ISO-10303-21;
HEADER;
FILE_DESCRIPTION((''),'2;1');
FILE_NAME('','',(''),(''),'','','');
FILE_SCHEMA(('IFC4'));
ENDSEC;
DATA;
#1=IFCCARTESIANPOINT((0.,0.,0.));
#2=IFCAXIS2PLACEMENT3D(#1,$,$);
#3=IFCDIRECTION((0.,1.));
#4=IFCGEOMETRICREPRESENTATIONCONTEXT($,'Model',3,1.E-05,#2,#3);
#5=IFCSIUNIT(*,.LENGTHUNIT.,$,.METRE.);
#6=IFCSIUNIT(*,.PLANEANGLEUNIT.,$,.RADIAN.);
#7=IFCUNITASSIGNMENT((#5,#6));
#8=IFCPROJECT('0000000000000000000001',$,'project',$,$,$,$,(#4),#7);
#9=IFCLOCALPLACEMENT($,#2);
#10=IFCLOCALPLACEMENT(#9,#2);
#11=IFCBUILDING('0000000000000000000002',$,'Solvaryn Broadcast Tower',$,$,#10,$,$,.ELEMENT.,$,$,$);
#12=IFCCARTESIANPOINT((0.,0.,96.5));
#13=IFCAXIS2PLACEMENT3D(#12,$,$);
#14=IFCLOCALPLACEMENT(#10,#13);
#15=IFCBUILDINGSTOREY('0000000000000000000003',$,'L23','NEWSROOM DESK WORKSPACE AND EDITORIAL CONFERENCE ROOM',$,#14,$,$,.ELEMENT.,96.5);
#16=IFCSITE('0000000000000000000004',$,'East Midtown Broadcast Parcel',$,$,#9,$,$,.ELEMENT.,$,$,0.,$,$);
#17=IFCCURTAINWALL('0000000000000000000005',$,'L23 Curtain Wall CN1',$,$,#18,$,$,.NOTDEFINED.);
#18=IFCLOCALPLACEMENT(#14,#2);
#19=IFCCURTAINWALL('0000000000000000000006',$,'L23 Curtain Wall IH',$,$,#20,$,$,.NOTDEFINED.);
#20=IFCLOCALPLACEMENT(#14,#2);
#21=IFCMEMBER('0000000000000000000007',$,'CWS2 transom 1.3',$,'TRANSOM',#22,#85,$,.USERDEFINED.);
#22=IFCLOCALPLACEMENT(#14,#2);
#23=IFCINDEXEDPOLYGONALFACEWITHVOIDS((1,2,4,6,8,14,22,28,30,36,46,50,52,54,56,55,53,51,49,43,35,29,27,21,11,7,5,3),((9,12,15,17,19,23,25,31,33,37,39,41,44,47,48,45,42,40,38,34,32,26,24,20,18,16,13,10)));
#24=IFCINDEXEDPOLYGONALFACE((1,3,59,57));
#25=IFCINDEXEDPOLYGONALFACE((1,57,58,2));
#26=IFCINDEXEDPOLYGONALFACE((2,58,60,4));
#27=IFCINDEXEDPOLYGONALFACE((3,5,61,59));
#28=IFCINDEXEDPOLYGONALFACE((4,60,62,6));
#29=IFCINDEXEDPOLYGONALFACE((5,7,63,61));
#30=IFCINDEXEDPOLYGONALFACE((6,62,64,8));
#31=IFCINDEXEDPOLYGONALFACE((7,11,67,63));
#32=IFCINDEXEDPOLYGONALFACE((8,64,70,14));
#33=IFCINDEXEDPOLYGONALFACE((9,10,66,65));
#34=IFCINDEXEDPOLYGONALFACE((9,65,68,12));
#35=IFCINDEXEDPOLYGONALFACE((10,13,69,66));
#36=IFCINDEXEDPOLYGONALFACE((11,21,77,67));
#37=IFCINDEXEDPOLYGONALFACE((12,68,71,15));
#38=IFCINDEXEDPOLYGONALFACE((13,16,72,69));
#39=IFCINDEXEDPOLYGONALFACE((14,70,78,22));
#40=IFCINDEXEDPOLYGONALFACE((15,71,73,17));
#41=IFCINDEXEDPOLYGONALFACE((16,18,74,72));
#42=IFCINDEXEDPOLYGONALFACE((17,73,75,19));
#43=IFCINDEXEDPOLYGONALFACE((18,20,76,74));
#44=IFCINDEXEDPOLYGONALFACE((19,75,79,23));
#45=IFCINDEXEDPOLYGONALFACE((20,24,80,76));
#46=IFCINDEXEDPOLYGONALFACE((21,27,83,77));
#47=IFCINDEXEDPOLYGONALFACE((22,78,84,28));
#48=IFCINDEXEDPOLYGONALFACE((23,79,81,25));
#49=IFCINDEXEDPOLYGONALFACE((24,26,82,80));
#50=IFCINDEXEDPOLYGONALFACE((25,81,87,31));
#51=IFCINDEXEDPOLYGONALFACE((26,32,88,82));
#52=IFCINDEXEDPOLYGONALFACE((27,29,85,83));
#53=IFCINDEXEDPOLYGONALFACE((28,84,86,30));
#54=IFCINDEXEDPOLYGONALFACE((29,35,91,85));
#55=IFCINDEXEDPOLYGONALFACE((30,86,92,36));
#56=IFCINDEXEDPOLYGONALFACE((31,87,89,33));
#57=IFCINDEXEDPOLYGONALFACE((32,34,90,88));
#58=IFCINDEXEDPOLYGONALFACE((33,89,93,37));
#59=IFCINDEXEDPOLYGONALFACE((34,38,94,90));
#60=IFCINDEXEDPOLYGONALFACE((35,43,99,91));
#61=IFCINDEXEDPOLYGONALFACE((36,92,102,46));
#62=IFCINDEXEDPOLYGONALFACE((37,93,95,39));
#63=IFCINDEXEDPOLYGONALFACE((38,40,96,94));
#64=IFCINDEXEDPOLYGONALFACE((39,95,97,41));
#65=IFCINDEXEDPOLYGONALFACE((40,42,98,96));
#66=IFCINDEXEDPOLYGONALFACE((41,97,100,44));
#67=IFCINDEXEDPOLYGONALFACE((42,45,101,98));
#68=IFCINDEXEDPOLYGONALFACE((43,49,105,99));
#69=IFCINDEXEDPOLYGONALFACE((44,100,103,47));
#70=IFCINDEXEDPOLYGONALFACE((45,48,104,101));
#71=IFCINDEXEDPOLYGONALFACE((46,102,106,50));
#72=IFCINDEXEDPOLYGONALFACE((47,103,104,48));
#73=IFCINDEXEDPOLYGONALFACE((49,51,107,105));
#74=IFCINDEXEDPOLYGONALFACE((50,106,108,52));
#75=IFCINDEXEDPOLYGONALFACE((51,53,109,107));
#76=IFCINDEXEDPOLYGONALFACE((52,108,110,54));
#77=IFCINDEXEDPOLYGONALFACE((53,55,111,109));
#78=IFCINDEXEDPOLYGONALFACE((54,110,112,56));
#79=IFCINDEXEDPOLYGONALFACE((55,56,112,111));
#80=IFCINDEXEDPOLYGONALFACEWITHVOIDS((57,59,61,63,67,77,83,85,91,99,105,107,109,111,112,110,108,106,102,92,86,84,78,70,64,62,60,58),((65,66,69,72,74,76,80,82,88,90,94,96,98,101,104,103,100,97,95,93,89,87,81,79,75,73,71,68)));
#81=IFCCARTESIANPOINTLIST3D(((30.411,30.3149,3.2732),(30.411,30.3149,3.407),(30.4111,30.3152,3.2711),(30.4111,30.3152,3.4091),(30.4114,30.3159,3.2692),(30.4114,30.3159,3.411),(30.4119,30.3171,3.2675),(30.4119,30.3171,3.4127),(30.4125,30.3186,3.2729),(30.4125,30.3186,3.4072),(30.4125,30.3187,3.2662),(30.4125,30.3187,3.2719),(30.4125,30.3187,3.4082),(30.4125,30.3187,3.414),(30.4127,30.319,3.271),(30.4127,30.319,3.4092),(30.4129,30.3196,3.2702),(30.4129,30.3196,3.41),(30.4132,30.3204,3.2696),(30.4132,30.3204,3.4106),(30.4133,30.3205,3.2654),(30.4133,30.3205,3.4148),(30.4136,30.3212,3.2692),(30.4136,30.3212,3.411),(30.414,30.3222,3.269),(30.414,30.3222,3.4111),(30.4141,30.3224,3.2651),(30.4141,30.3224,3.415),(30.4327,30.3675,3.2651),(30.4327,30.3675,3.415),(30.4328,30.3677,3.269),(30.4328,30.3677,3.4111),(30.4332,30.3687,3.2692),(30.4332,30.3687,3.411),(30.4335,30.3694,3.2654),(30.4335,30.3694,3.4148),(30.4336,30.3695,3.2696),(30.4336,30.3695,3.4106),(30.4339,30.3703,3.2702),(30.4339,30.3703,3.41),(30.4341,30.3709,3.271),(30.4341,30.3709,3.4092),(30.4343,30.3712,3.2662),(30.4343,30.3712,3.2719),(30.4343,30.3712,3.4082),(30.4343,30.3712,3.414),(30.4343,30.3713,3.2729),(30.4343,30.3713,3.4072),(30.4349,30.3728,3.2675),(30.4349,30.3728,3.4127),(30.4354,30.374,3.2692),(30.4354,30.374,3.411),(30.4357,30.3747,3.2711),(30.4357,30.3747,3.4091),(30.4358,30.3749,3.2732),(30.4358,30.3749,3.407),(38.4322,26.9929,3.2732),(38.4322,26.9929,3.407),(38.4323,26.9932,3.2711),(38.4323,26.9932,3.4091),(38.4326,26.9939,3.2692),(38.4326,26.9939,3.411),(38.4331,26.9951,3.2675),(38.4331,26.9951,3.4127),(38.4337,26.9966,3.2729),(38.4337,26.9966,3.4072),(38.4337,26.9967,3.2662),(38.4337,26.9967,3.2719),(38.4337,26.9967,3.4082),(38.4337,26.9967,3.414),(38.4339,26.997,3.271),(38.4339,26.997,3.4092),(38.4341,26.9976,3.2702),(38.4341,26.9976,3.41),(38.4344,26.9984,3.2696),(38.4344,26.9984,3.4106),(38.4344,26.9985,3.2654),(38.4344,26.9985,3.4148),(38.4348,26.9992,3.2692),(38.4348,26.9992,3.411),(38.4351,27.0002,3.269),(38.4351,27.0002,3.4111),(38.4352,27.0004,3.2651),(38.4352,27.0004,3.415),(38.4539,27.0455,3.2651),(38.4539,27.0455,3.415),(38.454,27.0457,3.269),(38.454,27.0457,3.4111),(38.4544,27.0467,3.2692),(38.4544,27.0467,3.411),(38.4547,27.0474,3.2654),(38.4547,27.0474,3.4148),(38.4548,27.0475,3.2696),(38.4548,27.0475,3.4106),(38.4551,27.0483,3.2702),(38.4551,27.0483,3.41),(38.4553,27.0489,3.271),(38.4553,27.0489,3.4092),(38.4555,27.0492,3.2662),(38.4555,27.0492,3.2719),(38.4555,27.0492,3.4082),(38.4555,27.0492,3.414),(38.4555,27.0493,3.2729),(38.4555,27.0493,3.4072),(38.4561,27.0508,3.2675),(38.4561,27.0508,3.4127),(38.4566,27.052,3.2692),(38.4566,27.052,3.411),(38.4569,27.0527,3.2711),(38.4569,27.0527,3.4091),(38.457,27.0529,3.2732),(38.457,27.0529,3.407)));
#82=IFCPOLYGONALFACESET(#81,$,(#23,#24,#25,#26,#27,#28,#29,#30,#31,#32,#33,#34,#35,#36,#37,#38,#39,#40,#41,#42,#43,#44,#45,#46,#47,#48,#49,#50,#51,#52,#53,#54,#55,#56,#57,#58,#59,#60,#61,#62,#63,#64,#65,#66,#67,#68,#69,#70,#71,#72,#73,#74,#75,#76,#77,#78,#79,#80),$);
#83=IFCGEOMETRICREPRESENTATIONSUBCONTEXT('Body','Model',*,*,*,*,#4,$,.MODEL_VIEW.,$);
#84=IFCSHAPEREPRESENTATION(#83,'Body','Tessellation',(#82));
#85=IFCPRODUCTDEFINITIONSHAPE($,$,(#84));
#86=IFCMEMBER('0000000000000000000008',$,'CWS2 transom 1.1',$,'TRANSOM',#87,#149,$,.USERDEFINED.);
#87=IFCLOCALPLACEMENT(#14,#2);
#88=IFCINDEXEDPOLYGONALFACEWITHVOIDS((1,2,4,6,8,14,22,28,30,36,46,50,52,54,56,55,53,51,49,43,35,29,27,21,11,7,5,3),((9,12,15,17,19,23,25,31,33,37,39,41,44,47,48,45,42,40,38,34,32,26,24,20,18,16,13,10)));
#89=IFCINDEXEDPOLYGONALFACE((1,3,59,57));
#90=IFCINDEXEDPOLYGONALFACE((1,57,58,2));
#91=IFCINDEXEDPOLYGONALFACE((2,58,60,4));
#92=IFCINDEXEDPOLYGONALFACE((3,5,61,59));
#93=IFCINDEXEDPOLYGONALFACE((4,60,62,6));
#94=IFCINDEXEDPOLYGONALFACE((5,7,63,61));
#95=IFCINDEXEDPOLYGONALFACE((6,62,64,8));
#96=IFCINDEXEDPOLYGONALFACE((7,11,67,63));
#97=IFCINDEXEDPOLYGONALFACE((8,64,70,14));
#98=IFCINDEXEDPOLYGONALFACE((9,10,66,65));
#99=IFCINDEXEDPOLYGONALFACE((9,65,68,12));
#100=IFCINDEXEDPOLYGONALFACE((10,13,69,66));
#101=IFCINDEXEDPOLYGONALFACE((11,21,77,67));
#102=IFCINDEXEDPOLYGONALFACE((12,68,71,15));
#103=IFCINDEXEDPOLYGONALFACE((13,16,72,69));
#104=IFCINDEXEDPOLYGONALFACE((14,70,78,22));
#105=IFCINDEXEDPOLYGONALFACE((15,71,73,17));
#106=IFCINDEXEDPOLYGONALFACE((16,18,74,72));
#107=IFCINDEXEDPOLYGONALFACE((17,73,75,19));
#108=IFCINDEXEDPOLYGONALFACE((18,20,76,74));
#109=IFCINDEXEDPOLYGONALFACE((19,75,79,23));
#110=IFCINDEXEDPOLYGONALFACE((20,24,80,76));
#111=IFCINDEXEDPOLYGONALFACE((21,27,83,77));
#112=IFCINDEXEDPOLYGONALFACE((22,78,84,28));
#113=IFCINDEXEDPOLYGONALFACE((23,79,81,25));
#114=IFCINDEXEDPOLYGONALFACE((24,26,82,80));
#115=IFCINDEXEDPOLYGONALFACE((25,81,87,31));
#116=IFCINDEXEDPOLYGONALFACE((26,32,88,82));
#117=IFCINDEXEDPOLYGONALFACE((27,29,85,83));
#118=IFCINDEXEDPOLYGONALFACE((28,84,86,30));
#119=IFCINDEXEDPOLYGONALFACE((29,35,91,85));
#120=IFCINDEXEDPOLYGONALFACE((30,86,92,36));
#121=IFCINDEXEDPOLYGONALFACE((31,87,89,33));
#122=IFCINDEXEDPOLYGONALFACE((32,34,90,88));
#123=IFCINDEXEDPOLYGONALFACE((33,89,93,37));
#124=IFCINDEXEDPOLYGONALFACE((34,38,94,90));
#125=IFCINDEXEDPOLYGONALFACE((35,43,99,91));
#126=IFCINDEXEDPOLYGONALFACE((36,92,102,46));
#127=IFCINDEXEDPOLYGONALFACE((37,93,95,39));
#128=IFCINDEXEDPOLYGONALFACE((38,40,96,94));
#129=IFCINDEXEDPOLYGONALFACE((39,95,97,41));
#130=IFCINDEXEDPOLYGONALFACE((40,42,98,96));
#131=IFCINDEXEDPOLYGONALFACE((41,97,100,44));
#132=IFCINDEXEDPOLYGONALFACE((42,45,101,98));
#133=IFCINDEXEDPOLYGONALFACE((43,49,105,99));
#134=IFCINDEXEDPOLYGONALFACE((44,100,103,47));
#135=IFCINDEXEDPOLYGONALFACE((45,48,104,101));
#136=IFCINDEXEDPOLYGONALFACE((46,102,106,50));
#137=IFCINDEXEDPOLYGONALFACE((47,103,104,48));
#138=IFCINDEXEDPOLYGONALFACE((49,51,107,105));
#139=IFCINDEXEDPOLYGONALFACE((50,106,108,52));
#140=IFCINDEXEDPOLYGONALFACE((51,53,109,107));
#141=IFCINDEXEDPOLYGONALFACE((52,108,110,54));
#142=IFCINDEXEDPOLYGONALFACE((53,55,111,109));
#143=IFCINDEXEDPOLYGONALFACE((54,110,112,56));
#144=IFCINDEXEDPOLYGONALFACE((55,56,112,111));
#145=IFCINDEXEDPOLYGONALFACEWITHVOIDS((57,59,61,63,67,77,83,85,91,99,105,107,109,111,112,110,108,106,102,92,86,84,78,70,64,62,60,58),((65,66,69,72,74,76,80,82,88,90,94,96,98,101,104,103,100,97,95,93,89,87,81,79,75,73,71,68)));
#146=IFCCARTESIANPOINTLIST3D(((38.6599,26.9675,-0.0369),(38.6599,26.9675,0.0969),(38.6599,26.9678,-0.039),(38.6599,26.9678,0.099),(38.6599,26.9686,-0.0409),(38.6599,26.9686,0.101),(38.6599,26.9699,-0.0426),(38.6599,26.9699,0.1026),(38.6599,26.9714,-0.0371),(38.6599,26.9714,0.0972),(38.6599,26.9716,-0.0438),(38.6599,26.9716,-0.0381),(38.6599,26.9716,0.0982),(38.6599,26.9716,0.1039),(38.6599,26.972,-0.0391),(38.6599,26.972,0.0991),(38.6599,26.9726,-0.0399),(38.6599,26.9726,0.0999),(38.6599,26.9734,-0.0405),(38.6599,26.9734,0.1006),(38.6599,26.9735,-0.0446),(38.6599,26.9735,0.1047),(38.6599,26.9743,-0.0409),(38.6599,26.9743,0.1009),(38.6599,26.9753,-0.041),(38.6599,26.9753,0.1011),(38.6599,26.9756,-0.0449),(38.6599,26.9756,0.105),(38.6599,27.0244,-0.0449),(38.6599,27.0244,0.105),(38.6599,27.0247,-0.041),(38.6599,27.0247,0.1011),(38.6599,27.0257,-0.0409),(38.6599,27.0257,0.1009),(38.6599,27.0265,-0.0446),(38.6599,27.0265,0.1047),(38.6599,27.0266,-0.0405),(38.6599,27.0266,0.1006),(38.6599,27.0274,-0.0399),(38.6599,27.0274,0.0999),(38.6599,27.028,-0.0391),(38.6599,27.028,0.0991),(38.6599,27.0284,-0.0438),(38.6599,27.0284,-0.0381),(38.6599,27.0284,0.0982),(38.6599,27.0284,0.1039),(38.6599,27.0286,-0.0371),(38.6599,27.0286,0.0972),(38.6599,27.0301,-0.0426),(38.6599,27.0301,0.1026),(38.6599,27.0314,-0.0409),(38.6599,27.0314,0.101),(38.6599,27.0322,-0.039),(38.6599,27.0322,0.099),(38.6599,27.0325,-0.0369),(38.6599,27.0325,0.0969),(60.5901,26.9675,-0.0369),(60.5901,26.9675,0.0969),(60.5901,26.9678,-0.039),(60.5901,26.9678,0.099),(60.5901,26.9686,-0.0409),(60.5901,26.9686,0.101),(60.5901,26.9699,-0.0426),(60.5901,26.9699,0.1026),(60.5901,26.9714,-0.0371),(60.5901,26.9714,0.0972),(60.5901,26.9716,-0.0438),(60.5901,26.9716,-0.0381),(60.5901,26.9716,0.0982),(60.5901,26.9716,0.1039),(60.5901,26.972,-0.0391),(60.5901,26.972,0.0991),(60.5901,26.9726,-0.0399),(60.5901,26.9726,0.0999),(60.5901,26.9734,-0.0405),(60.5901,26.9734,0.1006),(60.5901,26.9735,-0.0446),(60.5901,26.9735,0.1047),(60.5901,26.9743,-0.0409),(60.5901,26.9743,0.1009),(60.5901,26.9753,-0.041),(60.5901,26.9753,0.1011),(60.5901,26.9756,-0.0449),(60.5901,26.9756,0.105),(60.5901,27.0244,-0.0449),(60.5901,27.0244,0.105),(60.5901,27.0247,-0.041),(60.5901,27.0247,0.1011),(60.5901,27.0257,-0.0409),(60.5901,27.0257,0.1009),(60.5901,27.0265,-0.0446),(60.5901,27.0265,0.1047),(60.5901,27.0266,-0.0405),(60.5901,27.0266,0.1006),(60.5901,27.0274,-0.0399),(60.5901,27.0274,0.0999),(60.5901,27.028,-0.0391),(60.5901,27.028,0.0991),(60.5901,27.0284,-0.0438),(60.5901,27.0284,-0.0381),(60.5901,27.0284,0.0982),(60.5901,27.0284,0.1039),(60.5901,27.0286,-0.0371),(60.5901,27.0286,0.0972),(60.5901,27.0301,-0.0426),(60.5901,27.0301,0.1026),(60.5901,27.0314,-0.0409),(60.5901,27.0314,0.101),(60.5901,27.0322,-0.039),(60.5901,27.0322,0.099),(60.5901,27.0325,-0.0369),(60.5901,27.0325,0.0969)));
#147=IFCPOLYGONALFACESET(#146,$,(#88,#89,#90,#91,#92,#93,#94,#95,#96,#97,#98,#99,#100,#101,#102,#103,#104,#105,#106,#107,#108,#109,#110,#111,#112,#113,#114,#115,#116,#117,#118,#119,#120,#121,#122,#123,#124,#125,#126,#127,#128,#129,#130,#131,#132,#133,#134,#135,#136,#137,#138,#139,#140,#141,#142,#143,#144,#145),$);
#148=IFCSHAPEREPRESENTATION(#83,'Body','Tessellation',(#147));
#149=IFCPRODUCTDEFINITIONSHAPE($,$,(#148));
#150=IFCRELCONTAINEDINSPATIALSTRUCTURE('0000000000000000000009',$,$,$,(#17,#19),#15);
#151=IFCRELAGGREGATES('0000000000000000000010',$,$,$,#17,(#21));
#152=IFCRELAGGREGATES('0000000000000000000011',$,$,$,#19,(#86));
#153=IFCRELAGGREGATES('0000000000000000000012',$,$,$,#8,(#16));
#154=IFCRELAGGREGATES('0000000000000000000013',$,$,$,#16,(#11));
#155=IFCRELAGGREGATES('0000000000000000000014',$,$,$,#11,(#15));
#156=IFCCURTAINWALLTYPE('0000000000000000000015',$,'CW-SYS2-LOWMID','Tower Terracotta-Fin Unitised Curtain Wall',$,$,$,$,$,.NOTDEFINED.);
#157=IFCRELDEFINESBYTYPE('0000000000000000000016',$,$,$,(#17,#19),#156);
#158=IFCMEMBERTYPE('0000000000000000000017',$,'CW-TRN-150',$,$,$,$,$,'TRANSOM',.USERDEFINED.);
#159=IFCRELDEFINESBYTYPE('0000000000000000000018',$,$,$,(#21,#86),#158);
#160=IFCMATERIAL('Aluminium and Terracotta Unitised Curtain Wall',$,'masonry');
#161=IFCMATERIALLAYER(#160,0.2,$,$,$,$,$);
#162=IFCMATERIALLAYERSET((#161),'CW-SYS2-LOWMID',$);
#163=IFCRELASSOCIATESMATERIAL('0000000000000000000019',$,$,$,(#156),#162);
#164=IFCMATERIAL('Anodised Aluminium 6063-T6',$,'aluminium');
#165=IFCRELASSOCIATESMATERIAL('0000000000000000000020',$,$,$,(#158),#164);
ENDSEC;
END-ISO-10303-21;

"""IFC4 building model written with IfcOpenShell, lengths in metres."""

from ifc_helpers import new_model, si_unit, direction, frame, origin, origin_2d, place, context, subcontext, project, spatial, hollow_rectangle, extrude, material, layer, layer_set, material_profile, profile_set, type_object, element, aggregate, save


model = new_model("IFC4")

# Units and contexts
model_context = context("Model", 3, precision=1e-05, world=origin(), true_north=direction((0.0, 1.0)))
body_context = subcontext(model_context, "Body", "Model", "MODEL_VIEW")
ifc_project = project(units=[si_unit("LENGTHUNIT", "METRE"), si_unit("PLANEANGLEUNIT", "RADIAN")], contexts=[model_context])

# Site, building, storey
site_placement = place(None, origin())
site = spatial("IfcSite", under=ifc_project, at=site_placement, Name="East Midtown Broadcast Parcel", CompositionType="ELEMENT", RefElevation=0.0)
building_placement = place(site_placement, origin())
building = spatial("IfcBuilding", under=site, at=building_placement, Name="Solvaryn Broadcast Tower", CompositionType="ELEMENT")
storey_placement = place(building_placement, frame((0.0, 0.0, 96.5)))
storey = spatial("IfcBuildingStorey", under=building, at=storey_placement, Name="L23", Description="NEWSROOM DESK WORKSPACE AND EDITORIAL CONFERENCE ROOM", CompositionType="ELEMENT", Elevation=96.5)

# Curtain walls
ifc_material_1 = material(Name="Aluminium and Terracotta Unitised Curtain Wall", Category="masonry")
ifc_layer_1 = layer(ifc_material_1, 0.2)
ifc_layer_set_1 = layer_set([ifc_layer_1], Name="CW-SYS2-LOWMID")
curtain_wall_type = type_object("IfcCurtainWallType", Name="CW-SYS2-LOWMID", Description="Tower Terracotta-Fin Unitised Curtain Wall", PredefinedType="NOTDEFINED", material=ifc_layer_set_1)
curtain_wall_1_placement = place(storey_placement, origin())
curtain_wall_1 = element("IfcCurtainWall", 1, at=curtain_wall_1_placement, inside=storey, type_object=curtain_wall_type, Name="L23 Curtain Wall CN1", PredefinedType="NOTDEFINED")
curtain_wall_2_placement = place(storey_placement, origin())
curtain_wall_2 = element("IfcCurtainWall", 2, at=curtain_wall_2_placement, inside=storey, type_object=curtain_wall_type, Name="L23 Curtain Wall IH", PredefinedType="NOTDEFINED")

# Members
ifc_material_2 = material(Name="Anodised Aluminium 6063-T6", Category="aluminium")
ifc_material_profile_1 = material_profile(ifc_material_2, hollow_rectangle(XDim=0.0649, YDim=0.1499, WallThickness=0.0039, InnerFilletRadius=0.0039, OuterFilletRadius=0.0081, at=origin_2d()))
ifc_profile_set_1 = profile_set([ifc_material_profile_1], Name="Anodised Aluminium 6063-T6")
member_type_1 = type_object("IfcMemberType", Name="CW-TRN-150", ElementType="TRANSOM", PredefinedType="USERDEFINED", material=ifc_profile_set_1)
member_1_placement = place(storey_placement, frame((38.4446, 27.0229, 3.3401), z_axis=(-0.923899, 0.382636, 0.0), x_axis=(-0.382636, -0.923899, 0.0)))
member_1 = element("IfcMember", 3, at=member_1_placement, type_object=member_type_1, Name="CWS2 transom 1.3", ObjectType="TRANSOM", PredefinedType="USERDEFINED", context=body_context, shape_type="SweptSolid", body=[
    extrude(hollow_rectangle(XDim=0.0649, YDim=0.1499, WallThickness=0.0039, InnerFilletRadius=0.0039, OuterFilletRadius=0.0081, at=origin_2d()), origin(), (0.0, 0.0, 1.0), 8.6819),
])
aggregate(curtain_wall_1, [member_1])
member_2_placement = place(storey_placement, frame((38.6599, 27.0, 0.03), z_axis=(1.0, 0.0, 0.0), x_axis=(0.0, 1.0, 0.0)))
member_2 = element("IfcMember", 4, at=member_2_placement, type_object=member_type_1, Name="CWS2 transom 1.1", ObjectType="TRANSOM", PredefinedType="USERDEFINED", context=body_context, shape_type="SweptSolid", body=[
    extrude(hollow_rectangle(XDim=0.0649, YDim=0.1499, WallThickness=0.0039, InnerFilletRadius=0.0039, OuterFilletRadius=0.0081, at=origin_2d()), origin(), (0.0, 0.0, 1.0), 21.9302),
])
aggregate(curtain_wall_2, [member_2])

save(model, "model.ifc")
